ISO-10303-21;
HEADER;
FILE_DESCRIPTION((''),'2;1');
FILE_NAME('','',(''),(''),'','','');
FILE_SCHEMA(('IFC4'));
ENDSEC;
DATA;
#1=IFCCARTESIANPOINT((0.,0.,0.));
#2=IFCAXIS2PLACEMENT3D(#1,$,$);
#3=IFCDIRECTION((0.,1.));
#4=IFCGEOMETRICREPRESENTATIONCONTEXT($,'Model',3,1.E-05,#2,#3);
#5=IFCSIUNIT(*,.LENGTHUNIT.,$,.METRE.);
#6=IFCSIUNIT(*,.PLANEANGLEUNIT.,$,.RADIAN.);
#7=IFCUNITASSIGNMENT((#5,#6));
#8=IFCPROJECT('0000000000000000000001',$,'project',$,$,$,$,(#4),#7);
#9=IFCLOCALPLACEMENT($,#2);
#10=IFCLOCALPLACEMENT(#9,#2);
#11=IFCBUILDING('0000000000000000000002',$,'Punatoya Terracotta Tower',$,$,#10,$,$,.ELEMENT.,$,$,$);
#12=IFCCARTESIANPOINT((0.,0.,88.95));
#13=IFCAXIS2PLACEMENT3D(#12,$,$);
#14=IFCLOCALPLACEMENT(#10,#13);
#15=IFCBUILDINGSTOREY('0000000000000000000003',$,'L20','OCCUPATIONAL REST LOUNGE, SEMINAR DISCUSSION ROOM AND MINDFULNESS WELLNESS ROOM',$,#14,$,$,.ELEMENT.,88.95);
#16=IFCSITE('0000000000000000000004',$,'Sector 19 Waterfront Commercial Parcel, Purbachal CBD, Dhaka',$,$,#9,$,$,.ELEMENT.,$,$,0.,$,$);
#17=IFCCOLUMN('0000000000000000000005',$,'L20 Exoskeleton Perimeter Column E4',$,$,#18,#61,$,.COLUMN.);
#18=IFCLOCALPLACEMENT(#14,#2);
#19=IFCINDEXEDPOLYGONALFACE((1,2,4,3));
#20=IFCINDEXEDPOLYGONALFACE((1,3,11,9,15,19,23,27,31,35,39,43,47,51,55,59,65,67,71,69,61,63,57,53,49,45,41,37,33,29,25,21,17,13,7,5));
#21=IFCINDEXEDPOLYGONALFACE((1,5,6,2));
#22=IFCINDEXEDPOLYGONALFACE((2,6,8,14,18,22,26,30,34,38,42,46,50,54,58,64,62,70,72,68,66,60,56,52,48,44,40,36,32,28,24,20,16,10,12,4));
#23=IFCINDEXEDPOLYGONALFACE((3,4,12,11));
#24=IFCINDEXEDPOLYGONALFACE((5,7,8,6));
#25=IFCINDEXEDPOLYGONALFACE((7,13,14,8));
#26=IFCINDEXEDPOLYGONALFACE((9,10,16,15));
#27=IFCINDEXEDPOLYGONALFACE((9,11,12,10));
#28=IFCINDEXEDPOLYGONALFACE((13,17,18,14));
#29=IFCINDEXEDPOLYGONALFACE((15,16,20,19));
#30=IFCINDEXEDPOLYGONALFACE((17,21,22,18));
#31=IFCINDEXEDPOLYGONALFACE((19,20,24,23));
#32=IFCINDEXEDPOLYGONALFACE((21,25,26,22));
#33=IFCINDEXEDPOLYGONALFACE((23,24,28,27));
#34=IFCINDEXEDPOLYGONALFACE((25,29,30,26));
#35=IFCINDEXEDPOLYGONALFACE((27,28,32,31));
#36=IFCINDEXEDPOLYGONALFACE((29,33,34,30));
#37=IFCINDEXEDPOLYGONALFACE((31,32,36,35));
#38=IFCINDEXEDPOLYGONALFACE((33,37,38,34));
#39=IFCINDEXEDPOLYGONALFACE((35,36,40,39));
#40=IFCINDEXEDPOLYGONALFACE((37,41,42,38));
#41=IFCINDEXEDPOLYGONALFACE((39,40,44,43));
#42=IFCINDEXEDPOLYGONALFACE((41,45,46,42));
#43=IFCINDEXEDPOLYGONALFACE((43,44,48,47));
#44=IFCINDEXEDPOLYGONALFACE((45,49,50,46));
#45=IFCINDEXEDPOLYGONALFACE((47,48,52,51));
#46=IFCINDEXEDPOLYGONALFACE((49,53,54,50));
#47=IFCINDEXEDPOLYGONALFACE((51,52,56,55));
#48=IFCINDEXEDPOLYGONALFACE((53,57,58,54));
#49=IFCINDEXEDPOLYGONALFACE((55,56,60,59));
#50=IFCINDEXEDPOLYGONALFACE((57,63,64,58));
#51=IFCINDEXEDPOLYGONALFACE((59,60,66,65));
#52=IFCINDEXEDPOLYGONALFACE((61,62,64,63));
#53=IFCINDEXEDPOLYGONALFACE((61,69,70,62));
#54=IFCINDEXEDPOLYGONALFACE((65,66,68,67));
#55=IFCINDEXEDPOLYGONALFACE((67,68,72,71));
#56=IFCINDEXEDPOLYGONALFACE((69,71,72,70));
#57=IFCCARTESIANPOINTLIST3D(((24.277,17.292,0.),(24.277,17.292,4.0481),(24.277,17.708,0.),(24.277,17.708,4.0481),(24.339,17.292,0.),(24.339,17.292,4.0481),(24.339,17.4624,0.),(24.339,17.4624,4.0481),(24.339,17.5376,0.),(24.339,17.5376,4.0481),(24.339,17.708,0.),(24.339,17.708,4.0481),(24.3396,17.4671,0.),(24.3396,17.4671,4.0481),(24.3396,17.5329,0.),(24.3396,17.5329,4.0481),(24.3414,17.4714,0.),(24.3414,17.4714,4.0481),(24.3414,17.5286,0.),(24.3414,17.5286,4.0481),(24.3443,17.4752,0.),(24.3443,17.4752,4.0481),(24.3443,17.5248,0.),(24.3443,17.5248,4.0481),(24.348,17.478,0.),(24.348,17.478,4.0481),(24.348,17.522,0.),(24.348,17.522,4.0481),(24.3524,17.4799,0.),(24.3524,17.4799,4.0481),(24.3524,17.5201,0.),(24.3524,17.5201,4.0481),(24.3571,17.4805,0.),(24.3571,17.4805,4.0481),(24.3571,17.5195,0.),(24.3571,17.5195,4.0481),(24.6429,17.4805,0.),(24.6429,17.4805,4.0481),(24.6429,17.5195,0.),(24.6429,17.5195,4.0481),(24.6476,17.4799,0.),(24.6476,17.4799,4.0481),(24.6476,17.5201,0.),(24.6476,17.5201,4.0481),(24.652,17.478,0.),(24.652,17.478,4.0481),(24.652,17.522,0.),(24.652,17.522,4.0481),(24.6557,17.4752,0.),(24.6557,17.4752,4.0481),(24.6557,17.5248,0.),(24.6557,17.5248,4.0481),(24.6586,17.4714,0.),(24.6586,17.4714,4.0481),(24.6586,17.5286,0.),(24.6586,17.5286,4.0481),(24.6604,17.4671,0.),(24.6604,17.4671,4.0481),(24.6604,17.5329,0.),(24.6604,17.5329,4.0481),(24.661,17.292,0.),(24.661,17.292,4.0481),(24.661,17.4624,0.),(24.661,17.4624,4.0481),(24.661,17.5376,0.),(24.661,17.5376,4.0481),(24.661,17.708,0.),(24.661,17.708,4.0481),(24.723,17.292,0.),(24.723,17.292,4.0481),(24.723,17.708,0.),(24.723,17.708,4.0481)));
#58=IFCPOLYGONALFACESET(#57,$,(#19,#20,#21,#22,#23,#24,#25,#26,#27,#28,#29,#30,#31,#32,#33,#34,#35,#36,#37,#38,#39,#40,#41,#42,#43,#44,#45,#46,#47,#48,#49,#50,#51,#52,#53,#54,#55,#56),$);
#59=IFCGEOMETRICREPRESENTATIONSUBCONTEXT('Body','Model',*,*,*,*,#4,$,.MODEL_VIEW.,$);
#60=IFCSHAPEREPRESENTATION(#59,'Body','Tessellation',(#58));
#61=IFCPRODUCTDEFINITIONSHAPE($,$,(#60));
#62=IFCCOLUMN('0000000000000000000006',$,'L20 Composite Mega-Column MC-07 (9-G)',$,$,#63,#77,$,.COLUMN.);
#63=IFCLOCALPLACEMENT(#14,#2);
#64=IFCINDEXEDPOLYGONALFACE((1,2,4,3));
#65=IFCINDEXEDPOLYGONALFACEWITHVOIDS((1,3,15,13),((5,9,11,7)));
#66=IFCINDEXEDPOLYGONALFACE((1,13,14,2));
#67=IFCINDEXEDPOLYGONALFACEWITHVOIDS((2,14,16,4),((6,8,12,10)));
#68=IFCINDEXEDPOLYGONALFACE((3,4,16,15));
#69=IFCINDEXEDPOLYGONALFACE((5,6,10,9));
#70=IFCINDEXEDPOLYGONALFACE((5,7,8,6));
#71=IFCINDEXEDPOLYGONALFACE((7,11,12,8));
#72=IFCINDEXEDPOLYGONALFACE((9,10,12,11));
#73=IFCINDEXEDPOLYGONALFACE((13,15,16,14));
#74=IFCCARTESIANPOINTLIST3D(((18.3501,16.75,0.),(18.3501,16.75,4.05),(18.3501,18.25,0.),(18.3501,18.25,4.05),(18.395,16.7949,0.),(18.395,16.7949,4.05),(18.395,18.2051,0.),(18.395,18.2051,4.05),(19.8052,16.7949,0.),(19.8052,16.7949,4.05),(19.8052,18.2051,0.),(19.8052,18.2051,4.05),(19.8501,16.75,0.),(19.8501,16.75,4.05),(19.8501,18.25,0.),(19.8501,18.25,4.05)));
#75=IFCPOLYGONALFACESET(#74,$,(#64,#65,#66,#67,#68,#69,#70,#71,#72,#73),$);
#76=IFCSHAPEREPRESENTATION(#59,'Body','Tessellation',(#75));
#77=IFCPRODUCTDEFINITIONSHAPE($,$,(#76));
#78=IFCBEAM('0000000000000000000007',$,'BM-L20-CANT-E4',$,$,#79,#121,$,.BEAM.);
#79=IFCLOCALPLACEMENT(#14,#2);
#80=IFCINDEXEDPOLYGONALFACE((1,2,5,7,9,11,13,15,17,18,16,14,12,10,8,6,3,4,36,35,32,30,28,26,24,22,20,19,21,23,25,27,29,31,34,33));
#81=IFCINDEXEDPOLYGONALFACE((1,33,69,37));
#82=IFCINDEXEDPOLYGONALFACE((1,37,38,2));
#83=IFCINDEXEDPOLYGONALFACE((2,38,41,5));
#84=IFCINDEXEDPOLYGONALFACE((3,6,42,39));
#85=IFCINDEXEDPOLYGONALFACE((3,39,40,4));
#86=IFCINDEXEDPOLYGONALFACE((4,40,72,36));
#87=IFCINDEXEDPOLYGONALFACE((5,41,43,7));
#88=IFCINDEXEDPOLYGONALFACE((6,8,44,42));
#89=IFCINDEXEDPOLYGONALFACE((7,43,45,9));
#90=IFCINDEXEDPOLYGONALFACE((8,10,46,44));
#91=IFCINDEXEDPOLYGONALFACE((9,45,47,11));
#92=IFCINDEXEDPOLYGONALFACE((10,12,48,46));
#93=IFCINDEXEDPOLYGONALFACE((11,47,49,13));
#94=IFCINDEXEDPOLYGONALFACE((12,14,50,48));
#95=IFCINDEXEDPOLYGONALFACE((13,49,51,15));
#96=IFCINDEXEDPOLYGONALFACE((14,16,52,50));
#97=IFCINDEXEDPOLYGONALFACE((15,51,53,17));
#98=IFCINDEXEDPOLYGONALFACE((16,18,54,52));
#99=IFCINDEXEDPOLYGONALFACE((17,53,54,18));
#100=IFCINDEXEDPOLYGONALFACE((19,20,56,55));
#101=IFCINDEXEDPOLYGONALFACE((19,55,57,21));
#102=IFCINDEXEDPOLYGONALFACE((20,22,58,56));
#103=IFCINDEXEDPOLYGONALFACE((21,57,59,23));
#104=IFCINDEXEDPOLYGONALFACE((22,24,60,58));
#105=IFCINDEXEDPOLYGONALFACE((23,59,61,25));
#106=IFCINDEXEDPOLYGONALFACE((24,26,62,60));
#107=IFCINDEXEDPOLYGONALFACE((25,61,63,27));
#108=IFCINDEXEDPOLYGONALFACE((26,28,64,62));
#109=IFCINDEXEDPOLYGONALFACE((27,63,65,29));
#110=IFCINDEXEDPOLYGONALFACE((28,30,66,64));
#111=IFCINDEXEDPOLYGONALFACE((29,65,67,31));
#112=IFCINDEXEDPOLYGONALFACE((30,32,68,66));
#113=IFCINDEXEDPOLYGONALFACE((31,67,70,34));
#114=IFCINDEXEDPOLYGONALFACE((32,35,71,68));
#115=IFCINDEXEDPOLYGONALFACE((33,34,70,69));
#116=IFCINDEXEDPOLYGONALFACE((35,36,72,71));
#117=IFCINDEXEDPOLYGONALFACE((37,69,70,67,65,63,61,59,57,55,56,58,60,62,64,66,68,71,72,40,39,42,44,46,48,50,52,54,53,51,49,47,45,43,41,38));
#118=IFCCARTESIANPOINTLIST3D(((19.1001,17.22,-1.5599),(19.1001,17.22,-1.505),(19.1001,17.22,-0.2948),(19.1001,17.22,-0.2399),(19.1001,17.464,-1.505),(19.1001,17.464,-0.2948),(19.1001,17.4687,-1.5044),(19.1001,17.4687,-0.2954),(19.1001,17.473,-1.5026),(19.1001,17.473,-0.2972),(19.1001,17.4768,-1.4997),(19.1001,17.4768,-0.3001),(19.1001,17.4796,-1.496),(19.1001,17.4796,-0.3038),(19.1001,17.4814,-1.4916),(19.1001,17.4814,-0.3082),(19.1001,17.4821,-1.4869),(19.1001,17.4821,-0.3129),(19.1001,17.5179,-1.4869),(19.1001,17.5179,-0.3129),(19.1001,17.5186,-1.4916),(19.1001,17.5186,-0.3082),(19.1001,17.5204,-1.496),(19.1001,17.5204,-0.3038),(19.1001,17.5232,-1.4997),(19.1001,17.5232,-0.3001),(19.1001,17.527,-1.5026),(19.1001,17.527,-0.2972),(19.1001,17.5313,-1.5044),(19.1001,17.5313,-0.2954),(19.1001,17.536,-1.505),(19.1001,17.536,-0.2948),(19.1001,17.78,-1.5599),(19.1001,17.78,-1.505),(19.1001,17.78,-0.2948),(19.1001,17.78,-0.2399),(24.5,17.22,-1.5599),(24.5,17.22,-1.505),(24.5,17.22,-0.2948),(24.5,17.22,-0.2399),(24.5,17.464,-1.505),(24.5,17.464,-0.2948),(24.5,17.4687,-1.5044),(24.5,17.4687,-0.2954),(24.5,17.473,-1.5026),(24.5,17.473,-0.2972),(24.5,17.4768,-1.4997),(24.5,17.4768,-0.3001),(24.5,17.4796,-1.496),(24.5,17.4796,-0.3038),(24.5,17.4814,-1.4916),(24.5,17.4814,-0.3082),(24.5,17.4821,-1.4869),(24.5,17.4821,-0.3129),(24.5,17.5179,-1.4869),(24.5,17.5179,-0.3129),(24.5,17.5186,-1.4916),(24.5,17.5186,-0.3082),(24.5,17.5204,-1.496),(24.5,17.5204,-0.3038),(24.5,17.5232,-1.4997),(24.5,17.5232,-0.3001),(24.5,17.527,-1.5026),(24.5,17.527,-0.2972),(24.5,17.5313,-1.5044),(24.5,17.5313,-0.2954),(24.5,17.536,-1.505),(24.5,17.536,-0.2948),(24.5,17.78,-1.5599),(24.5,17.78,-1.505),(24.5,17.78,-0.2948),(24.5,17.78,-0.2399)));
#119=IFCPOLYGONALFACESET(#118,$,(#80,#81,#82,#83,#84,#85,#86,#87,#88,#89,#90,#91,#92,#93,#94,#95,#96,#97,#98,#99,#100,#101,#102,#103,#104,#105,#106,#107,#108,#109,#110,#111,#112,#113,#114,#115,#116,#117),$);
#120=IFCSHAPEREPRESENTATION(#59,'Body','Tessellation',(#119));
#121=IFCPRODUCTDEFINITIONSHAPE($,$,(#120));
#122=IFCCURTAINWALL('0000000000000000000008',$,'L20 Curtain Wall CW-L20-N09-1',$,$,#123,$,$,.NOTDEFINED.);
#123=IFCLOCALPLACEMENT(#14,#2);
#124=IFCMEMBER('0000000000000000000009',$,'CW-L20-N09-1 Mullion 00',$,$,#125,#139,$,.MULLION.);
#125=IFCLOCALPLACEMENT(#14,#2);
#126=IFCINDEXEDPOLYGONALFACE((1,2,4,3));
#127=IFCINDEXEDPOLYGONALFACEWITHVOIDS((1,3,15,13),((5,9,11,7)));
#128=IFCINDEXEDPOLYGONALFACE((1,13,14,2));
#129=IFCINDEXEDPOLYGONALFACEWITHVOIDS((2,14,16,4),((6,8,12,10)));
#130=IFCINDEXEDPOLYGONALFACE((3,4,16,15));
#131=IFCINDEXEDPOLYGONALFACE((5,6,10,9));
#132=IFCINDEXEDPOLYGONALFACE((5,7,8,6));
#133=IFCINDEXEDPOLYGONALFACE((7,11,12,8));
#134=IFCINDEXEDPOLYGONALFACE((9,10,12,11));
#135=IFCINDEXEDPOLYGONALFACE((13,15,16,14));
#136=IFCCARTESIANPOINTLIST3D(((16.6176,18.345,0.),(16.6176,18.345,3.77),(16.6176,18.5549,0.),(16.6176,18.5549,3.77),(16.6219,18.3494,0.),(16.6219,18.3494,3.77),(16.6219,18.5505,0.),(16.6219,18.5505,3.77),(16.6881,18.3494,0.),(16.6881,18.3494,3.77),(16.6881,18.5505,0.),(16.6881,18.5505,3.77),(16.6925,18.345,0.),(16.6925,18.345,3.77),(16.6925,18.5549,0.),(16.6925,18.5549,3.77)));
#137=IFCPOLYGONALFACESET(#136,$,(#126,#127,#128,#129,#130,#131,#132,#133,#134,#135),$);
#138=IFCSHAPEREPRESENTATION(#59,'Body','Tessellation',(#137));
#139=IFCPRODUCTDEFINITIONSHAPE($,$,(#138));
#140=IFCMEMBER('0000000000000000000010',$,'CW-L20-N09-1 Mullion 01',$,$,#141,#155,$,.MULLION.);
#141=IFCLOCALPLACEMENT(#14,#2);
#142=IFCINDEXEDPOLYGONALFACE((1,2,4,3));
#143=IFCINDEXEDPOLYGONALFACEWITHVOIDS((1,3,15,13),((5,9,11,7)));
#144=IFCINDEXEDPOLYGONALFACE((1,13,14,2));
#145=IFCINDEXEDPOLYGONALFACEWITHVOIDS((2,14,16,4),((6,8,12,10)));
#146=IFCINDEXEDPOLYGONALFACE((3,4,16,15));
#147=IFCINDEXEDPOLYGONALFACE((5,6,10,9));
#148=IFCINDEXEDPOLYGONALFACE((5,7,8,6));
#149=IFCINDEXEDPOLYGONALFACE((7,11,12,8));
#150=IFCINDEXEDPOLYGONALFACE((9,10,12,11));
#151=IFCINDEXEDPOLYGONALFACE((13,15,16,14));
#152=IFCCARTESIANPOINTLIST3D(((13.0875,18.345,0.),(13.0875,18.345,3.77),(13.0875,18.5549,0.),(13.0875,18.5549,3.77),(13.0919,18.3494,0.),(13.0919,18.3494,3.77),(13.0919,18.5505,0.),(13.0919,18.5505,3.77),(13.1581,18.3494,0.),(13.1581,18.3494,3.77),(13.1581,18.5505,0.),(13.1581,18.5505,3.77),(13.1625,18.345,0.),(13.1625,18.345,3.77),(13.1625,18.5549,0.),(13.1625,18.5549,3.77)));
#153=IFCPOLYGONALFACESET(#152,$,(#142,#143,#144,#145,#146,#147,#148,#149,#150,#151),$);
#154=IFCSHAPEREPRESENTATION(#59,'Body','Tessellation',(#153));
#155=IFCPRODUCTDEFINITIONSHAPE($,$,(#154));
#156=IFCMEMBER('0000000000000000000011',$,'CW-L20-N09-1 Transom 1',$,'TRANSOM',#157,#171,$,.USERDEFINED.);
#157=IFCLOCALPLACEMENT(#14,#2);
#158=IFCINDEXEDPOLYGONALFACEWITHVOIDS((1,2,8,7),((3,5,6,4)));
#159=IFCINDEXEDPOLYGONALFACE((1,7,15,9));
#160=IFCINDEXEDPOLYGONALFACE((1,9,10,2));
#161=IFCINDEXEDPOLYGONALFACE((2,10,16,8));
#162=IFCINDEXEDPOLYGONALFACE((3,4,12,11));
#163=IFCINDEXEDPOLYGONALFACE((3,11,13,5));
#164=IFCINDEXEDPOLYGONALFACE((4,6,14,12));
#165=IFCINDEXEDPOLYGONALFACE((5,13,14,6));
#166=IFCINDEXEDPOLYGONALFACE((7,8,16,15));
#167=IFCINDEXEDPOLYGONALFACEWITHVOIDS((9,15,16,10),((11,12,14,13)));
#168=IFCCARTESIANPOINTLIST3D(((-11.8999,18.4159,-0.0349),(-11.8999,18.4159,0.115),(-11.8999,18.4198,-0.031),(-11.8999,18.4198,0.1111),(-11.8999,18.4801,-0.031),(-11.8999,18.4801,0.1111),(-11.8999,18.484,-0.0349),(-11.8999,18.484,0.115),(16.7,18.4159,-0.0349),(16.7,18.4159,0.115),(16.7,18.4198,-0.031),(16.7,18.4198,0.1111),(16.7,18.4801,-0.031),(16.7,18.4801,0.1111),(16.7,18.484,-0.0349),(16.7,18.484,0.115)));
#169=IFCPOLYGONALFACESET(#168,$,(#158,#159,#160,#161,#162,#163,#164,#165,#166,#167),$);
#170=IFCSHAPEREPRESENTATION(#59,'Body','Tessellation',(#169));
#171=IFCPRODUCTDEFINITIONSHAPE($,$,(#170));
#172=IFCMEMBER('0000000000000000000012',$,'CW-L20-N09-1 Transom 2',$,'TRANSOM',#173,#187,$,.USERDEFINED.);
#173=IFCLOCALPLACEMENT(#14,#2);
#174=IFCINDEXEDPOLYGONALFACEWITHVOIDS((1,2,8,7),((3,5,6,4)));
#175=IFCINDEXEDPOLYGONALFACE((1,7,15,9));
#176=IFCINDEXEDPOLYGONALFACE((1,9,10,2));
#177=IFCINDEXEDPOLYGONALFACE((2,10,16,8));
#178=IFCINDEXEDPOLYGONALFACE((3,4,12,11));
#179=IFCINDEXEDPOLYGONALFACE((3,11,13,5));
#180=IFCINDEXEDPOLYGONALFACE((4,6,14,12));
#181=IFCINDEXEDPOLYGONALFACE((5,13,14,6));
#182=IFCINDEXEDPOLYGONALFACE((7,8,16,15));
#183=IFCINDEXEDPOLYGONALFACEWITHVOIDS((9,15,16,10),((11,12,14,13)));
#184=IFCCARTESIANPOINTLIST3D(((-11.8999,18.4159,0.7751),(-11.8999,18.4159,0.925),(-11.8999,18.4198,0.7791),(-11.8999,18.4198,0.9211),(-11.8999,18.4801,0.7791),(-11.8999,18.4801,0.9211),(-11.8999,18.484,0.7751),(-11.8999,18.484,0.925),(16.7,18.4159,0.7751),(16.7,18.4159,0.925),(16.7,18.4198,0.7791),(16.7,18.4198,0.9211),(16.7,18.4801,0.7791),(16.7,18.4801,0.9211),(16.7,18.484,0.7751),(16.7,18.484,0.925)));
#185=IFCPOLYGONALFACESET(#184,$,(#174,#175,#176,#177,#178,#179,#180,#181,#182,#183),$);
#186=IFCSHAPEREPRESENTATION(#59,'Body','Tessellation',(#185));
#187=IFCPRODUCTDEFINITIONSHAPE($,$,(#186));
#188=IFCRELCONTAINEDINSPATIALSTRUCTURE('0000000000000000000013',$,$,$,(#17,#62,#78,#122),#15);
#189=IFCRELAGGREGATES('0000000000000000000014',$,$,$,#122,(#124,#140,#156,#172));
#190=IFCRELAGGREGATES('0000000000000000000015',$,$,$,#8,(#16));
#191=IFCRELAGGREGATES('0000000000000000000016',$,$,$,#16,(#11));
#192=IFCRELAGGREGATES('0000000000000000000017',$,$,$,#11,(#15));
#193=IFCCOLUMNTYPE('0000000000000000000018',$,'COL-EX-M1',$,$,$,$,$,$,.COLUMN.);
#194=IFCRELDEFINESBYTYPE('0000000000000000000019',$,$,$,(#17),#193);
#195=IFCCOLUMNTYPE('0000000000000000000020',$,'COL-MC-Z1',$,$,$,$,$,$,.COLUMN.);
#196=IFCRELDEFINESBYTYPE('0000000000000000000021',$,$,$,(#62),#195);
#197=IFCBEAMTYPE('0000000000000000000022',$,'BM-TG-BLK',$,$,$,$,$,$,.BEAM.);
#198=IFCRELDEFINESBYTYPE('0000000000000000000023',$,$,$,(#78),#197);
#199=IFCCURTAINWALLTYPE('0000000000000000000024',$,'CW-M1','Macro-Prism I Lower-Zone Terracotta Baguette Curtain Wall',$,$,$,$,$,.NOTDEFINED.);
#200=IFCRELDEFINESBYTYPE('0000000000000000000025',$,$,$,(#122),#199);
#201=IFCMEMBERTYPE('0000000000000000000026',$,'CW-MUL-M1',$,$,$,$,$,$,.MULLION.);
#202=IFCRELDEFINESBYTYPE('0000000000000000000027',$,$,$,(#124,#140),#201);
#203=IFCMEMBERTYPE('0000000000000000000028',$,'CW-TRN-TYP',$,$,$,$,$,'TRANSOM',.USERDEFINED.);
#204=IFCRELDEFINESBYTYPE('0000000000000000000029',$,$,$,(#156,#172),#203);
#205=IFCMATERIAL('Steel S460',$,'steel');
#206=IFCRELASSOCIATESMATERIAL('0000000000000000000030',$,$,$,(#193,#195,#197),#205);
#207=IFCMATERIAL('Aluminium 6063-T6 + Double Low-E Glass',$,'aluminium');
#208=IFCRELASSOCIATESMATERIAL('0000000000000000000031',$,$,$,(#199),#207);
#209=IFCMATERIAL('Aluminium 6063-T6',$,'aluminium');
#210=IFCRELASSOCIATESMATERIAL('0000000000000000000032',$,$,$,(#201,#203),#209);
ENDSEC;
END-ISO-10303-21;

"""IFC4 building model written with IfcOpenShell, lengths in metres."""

from ifc_helpers import new_model, si_unit, direction, frame, origin, origin_2d, place, context, subcontext, project, spatial, hollow_rectangle, i_section, extrude, material, material_profile, profile_set, type_object, element, aggregate, save


model = new_model("IFC4")

# Units and contexts
model_context = context("Model", 3, precision=1e-05, world=origin(), true_north=direction((0.0, 1.0)))
body_context = subcontext(model_context, "Body", "Model", "MODEL_VIEW")
ifc_project = project(units=[si_unit("LENGTHUNIT", "METRE"), si_unit("PLANEANGLEUNIT", "RADIAN")], contexts=[model_context])

# Site, building, storey
site_placement = place(None, origin())
site = spatial("IfcSite", under=ifc_project, at=site_placement, Name="Sector 19 Waterfront Commercial Parcel, Purbachal CBD, Dhaka", CompositionType="ELEMENT", RefElevation=0.0)
building_placement = place(site_placement, origin())
building = spatial("IfcBuilding", under=site, at=building_placement, Name="Punatoya Terracotta Tower", CompositionType="ELEMENT")
storey_placement = place(building_placement, frame((0.0, 0.0, 88.95)))
storey = spatial("IfcBuildingStorey", under=building, at=storey_placement, Name="L20", Description="OCCUPATIONAL REST LOUNGE, SEMINAR DISCUSSION ROOM AND MINDFULNESS WELLNESS ROOM", CompositionType="ELEMENT", Elevation=88.95)

# Columns
ifc_material_1 = material(Name="Steel S460", Category="steel")
ifc_material_profile_1 = material_profile(ifc_material_1, i_section(OverallWidth=0.416, OverallDepth=0.446, WebThickness=0.0391, FlangeThickness=0.062, FilletRadius=0.0181, at=origin_2d()))
ifc_profile_set_1 = profile_set([ifc_material_profile_1], Name="Steel S460")
column_type_1 = type_object("IfcColumnType", Name="COL-EX-M1", PredefinedType="COLUMN", material=ifc_profile_set_1)
column_1_placement = place(storey_placement, frame((24.5, 17.5, 0.0), z_axis=(0.0, 0.0, 1.0), x_axis=(0.0, 1.0, 0.0)))
element("IfcColumn", 1, at=column_1_placement, inside=storey, type_object=column_type_1, Name="L20 Exoskeleton Perimeter Column E4", PredefinedType="COLUMN", context=body_context, shape_type="SweptSolid", body=[
    extrude(i_section(OverallWidth=0.416, OverallDepth=0.446, WebThickness=0.0391, FlangeThickness=0.062, FilletRadius=0.0181, at=origin_2d()), origin(), (0.0, 0.0, 1.0), 4.0481),
])
ifc_material_profile_2 = material_profile(ifc_material_1, hollow_rectangle(XDim=1.5, YDim=1.5, WallThickness=0.0449, at=origin_2d()))
ifc_profile_set_2 = profile_set([ifc_material_profile_2], Name="Steel S460")
column_type_2 = type_object("IfcColumnType", Name="COL-MC-Z1", PredefinedType="COLUMN", material=ifc_profile_set_2)
column_2_placement = place(storey_placement, frame((19.1001, 17.5, 0.0), z_axis=(0.0, 0.0, 1.0), x_axis=(1.0, 0.0, 0.0)))
element("IfcColumn", 2, at=column_2_placement, inside=storey, type_object=column_type_2, Name="L20 Composite Mega-Column MC-07 (9-G)", PredefinedType="COLUMN", context=body_context, shape_type="SweptSolid", body=[
    extrude(hollow_rectangle(XDim=1.5, YDim=1.5, WallThickness=0.0449, at=origin_2d()), origin(), (0.0, 0.0, 1.0), 4.05),
])

# Beam
ifc_material_profile_3 = material_profile(ifc_material_1, i_section(OverallWidth=0.5601, OverallDepth=1.3201, WebThickness=0.0359, FlangeThickness=0.0549, FilletRadius=0.0181, at=origin_2d()))
ifc_profile_set_3 = profile_set([ifc_material_profile_3], Name="Steel S460")
beam_type = type_object("IfcBeamType", Name="BM-TG-BLK", PredefinedType="BEAM", material=ifc_profile_set_3)
beam_placement = place(storey_placement, frame((19.1001, 17.5, -0.8999), z_axis=(1.0, 0.0, 0.0), x_axis=(0.0, 1.0, 0.0)))
element("IfcBeam", 3, at=beam_placement, inside=storey, type_object=beam_type, Name="BM-L20-CANT-E4", PredefinedType="BEAM", context=body_context, shape_type="SweptSolid", body=[
    extrude(i_section(OverallWidth=0.5601, OverallDepth=1.3201, WebThickness=0.0359, FlangeThickness=0.0549, FilletRadius=0.0181, at=origin_2d()), origin(), (0.0, 0.0, 1.0), 5.3999),
])

# Curtain wall, members
ifc_material_2 = material(Name="Aluminium 6063-T6 + Double Low-E Glass", Category="aluminium")
curtain_wall_type = type_object("IfcCurtainWallType", Name="CW-M1", Description="Macro-Prism I Lower-Zone Terracotta Baguette Curtain Wall", PredefinedType="NOTDEFINED", material=ifc_material_2)
curtain_wall_placement = place(storey_placement, origin())
curtain_wall = element("IfcCurtainWall", 4, at=curtain_wall_placement, inside=storey, type_object=curtain_wall_type, Name="L20 Curtain Wall CW-L20-N09-1", PredefinedType="NOTDEFINED")
ifc_material_3 = material(Name="Aluminium 6063-T6", Category="aluminium")
ifc_material_profile_4 = material_profile(ifc_material_3, hollow_rectangle(XDim=0.075, YDim=0.21, WallThickness=0.0044, at=origin_2d()))
ifc_profile_set_4 = profile_set([ifc_material_profile_4], Name="Aluminium 6063-T6")
member_type_1 = type_object("IfcMemberType", Name="CW-MUL-M1", PredefinedType="MULLION", material=ifc_profile_set_4)
member_1_placement = place(storey_placement, frame((16.655, 18.45, 0.0), z_axis=(0.0, 0.0, 1.0), x_axis=(1.0, 0.0, 0.0)))
member_1 = element("IfcMember", 5, at=member_1_placement, type_object=member_type_1, Name="CW-L20-N09-1 Mullion 00", PredefinedType="MULLION", context=body_context, shape_type="SweptSolid", body=[
    extrude(hollow_rectangle(XDim=0.075, YDim=0.21, WallThickness=0.0044, at=origin_2d()), origin(), (0.0, 0.0, 1.0), 3.77),
])
member_2_placement = place(storey_placement, frame((13.125, 18.45, 0.0), z_axis=(0.0, 0.0, 1.0), x_axis=(1.0, 0.0, 0.0)))
member_2 = element("IfcMember", 6, at=member_2_placement, type_object=member_type_1, Name="CW-L20-N09-1 Mullion 01", PredefinedType="MULLION", context=body_context, shape_type="SweptSolid", body=[
    extrude(hollow_rectangle(XDim=0.075, YDim=0.21, WallThickness=0.0044, at=origin_2d()), origin(), (0.0, 0.0, 1.0), 3.77),
])
ifc_material_profile_5 = material_profile(ifc_material_3, hollow_rectangle(XDim=0.0681, YDim=0.1499, WallThickness=0.0039, at=origin_2d()))
ifc_profile_set_5 = profile_set([ifc_material_profile_5], Name="Aluminium 6063-T6")
member_type_2 = type_object("IfcMemberType", Name="CW-TRN-TYP", ElementType="TRANSOM", PredefinedType="USERDEFINED", material=ifc_profile_set_5)
member_3_placement = place(storey_placement, frame((16.7, 18.45, 0.04), z_axis=(-1.0, 0.0, 0.0), x_axis=(0.0, -1.0, 0.0)))
member_3 = element("IfcMember", 7, at=member_3_placement, type_object=member_type_2, Name="CW-L20-N09-1 Transom 1", ObjectType="TRANSOM", PredefinedType="USERDEFINED", context=body_context, shape_type="SweptSolid", body=[
    extrude(hollow_rectangle(XDim=0.0681, YDim=0.1499, WallThickness=0.0039, at=origin_2d()), origin(), (0.0, 0.0, 1.0), 28.5999),
])
member_4_placement = place(storey_placement, frame((16.7, 18.45, 0.8501), z_axis=(-1.0, 0.0, 0.0), x_axis=(0.0, -1.0, 0.0)))
member_4 = element("IfcMember", 8, at=member_4_placement, type_object=member_type_2, Name="CW-L20-N09-1 Transom 2", ObjectType="TRANSOM", PredefinedType="USERDEFINED", context=body_context, shape_type="SweptSolid", body=[
    extrude(hollow_rectangle(XDim=0.0681, YDim=0.1499, WallThickness=0.0039, at=origin_2d()), origin(), (0.0, 0.0, 1.0), 28.5999),
])

aggregate(curtain_wall, [member_1, member_2, member_3, member_4])

save(model, "model.ifc")
